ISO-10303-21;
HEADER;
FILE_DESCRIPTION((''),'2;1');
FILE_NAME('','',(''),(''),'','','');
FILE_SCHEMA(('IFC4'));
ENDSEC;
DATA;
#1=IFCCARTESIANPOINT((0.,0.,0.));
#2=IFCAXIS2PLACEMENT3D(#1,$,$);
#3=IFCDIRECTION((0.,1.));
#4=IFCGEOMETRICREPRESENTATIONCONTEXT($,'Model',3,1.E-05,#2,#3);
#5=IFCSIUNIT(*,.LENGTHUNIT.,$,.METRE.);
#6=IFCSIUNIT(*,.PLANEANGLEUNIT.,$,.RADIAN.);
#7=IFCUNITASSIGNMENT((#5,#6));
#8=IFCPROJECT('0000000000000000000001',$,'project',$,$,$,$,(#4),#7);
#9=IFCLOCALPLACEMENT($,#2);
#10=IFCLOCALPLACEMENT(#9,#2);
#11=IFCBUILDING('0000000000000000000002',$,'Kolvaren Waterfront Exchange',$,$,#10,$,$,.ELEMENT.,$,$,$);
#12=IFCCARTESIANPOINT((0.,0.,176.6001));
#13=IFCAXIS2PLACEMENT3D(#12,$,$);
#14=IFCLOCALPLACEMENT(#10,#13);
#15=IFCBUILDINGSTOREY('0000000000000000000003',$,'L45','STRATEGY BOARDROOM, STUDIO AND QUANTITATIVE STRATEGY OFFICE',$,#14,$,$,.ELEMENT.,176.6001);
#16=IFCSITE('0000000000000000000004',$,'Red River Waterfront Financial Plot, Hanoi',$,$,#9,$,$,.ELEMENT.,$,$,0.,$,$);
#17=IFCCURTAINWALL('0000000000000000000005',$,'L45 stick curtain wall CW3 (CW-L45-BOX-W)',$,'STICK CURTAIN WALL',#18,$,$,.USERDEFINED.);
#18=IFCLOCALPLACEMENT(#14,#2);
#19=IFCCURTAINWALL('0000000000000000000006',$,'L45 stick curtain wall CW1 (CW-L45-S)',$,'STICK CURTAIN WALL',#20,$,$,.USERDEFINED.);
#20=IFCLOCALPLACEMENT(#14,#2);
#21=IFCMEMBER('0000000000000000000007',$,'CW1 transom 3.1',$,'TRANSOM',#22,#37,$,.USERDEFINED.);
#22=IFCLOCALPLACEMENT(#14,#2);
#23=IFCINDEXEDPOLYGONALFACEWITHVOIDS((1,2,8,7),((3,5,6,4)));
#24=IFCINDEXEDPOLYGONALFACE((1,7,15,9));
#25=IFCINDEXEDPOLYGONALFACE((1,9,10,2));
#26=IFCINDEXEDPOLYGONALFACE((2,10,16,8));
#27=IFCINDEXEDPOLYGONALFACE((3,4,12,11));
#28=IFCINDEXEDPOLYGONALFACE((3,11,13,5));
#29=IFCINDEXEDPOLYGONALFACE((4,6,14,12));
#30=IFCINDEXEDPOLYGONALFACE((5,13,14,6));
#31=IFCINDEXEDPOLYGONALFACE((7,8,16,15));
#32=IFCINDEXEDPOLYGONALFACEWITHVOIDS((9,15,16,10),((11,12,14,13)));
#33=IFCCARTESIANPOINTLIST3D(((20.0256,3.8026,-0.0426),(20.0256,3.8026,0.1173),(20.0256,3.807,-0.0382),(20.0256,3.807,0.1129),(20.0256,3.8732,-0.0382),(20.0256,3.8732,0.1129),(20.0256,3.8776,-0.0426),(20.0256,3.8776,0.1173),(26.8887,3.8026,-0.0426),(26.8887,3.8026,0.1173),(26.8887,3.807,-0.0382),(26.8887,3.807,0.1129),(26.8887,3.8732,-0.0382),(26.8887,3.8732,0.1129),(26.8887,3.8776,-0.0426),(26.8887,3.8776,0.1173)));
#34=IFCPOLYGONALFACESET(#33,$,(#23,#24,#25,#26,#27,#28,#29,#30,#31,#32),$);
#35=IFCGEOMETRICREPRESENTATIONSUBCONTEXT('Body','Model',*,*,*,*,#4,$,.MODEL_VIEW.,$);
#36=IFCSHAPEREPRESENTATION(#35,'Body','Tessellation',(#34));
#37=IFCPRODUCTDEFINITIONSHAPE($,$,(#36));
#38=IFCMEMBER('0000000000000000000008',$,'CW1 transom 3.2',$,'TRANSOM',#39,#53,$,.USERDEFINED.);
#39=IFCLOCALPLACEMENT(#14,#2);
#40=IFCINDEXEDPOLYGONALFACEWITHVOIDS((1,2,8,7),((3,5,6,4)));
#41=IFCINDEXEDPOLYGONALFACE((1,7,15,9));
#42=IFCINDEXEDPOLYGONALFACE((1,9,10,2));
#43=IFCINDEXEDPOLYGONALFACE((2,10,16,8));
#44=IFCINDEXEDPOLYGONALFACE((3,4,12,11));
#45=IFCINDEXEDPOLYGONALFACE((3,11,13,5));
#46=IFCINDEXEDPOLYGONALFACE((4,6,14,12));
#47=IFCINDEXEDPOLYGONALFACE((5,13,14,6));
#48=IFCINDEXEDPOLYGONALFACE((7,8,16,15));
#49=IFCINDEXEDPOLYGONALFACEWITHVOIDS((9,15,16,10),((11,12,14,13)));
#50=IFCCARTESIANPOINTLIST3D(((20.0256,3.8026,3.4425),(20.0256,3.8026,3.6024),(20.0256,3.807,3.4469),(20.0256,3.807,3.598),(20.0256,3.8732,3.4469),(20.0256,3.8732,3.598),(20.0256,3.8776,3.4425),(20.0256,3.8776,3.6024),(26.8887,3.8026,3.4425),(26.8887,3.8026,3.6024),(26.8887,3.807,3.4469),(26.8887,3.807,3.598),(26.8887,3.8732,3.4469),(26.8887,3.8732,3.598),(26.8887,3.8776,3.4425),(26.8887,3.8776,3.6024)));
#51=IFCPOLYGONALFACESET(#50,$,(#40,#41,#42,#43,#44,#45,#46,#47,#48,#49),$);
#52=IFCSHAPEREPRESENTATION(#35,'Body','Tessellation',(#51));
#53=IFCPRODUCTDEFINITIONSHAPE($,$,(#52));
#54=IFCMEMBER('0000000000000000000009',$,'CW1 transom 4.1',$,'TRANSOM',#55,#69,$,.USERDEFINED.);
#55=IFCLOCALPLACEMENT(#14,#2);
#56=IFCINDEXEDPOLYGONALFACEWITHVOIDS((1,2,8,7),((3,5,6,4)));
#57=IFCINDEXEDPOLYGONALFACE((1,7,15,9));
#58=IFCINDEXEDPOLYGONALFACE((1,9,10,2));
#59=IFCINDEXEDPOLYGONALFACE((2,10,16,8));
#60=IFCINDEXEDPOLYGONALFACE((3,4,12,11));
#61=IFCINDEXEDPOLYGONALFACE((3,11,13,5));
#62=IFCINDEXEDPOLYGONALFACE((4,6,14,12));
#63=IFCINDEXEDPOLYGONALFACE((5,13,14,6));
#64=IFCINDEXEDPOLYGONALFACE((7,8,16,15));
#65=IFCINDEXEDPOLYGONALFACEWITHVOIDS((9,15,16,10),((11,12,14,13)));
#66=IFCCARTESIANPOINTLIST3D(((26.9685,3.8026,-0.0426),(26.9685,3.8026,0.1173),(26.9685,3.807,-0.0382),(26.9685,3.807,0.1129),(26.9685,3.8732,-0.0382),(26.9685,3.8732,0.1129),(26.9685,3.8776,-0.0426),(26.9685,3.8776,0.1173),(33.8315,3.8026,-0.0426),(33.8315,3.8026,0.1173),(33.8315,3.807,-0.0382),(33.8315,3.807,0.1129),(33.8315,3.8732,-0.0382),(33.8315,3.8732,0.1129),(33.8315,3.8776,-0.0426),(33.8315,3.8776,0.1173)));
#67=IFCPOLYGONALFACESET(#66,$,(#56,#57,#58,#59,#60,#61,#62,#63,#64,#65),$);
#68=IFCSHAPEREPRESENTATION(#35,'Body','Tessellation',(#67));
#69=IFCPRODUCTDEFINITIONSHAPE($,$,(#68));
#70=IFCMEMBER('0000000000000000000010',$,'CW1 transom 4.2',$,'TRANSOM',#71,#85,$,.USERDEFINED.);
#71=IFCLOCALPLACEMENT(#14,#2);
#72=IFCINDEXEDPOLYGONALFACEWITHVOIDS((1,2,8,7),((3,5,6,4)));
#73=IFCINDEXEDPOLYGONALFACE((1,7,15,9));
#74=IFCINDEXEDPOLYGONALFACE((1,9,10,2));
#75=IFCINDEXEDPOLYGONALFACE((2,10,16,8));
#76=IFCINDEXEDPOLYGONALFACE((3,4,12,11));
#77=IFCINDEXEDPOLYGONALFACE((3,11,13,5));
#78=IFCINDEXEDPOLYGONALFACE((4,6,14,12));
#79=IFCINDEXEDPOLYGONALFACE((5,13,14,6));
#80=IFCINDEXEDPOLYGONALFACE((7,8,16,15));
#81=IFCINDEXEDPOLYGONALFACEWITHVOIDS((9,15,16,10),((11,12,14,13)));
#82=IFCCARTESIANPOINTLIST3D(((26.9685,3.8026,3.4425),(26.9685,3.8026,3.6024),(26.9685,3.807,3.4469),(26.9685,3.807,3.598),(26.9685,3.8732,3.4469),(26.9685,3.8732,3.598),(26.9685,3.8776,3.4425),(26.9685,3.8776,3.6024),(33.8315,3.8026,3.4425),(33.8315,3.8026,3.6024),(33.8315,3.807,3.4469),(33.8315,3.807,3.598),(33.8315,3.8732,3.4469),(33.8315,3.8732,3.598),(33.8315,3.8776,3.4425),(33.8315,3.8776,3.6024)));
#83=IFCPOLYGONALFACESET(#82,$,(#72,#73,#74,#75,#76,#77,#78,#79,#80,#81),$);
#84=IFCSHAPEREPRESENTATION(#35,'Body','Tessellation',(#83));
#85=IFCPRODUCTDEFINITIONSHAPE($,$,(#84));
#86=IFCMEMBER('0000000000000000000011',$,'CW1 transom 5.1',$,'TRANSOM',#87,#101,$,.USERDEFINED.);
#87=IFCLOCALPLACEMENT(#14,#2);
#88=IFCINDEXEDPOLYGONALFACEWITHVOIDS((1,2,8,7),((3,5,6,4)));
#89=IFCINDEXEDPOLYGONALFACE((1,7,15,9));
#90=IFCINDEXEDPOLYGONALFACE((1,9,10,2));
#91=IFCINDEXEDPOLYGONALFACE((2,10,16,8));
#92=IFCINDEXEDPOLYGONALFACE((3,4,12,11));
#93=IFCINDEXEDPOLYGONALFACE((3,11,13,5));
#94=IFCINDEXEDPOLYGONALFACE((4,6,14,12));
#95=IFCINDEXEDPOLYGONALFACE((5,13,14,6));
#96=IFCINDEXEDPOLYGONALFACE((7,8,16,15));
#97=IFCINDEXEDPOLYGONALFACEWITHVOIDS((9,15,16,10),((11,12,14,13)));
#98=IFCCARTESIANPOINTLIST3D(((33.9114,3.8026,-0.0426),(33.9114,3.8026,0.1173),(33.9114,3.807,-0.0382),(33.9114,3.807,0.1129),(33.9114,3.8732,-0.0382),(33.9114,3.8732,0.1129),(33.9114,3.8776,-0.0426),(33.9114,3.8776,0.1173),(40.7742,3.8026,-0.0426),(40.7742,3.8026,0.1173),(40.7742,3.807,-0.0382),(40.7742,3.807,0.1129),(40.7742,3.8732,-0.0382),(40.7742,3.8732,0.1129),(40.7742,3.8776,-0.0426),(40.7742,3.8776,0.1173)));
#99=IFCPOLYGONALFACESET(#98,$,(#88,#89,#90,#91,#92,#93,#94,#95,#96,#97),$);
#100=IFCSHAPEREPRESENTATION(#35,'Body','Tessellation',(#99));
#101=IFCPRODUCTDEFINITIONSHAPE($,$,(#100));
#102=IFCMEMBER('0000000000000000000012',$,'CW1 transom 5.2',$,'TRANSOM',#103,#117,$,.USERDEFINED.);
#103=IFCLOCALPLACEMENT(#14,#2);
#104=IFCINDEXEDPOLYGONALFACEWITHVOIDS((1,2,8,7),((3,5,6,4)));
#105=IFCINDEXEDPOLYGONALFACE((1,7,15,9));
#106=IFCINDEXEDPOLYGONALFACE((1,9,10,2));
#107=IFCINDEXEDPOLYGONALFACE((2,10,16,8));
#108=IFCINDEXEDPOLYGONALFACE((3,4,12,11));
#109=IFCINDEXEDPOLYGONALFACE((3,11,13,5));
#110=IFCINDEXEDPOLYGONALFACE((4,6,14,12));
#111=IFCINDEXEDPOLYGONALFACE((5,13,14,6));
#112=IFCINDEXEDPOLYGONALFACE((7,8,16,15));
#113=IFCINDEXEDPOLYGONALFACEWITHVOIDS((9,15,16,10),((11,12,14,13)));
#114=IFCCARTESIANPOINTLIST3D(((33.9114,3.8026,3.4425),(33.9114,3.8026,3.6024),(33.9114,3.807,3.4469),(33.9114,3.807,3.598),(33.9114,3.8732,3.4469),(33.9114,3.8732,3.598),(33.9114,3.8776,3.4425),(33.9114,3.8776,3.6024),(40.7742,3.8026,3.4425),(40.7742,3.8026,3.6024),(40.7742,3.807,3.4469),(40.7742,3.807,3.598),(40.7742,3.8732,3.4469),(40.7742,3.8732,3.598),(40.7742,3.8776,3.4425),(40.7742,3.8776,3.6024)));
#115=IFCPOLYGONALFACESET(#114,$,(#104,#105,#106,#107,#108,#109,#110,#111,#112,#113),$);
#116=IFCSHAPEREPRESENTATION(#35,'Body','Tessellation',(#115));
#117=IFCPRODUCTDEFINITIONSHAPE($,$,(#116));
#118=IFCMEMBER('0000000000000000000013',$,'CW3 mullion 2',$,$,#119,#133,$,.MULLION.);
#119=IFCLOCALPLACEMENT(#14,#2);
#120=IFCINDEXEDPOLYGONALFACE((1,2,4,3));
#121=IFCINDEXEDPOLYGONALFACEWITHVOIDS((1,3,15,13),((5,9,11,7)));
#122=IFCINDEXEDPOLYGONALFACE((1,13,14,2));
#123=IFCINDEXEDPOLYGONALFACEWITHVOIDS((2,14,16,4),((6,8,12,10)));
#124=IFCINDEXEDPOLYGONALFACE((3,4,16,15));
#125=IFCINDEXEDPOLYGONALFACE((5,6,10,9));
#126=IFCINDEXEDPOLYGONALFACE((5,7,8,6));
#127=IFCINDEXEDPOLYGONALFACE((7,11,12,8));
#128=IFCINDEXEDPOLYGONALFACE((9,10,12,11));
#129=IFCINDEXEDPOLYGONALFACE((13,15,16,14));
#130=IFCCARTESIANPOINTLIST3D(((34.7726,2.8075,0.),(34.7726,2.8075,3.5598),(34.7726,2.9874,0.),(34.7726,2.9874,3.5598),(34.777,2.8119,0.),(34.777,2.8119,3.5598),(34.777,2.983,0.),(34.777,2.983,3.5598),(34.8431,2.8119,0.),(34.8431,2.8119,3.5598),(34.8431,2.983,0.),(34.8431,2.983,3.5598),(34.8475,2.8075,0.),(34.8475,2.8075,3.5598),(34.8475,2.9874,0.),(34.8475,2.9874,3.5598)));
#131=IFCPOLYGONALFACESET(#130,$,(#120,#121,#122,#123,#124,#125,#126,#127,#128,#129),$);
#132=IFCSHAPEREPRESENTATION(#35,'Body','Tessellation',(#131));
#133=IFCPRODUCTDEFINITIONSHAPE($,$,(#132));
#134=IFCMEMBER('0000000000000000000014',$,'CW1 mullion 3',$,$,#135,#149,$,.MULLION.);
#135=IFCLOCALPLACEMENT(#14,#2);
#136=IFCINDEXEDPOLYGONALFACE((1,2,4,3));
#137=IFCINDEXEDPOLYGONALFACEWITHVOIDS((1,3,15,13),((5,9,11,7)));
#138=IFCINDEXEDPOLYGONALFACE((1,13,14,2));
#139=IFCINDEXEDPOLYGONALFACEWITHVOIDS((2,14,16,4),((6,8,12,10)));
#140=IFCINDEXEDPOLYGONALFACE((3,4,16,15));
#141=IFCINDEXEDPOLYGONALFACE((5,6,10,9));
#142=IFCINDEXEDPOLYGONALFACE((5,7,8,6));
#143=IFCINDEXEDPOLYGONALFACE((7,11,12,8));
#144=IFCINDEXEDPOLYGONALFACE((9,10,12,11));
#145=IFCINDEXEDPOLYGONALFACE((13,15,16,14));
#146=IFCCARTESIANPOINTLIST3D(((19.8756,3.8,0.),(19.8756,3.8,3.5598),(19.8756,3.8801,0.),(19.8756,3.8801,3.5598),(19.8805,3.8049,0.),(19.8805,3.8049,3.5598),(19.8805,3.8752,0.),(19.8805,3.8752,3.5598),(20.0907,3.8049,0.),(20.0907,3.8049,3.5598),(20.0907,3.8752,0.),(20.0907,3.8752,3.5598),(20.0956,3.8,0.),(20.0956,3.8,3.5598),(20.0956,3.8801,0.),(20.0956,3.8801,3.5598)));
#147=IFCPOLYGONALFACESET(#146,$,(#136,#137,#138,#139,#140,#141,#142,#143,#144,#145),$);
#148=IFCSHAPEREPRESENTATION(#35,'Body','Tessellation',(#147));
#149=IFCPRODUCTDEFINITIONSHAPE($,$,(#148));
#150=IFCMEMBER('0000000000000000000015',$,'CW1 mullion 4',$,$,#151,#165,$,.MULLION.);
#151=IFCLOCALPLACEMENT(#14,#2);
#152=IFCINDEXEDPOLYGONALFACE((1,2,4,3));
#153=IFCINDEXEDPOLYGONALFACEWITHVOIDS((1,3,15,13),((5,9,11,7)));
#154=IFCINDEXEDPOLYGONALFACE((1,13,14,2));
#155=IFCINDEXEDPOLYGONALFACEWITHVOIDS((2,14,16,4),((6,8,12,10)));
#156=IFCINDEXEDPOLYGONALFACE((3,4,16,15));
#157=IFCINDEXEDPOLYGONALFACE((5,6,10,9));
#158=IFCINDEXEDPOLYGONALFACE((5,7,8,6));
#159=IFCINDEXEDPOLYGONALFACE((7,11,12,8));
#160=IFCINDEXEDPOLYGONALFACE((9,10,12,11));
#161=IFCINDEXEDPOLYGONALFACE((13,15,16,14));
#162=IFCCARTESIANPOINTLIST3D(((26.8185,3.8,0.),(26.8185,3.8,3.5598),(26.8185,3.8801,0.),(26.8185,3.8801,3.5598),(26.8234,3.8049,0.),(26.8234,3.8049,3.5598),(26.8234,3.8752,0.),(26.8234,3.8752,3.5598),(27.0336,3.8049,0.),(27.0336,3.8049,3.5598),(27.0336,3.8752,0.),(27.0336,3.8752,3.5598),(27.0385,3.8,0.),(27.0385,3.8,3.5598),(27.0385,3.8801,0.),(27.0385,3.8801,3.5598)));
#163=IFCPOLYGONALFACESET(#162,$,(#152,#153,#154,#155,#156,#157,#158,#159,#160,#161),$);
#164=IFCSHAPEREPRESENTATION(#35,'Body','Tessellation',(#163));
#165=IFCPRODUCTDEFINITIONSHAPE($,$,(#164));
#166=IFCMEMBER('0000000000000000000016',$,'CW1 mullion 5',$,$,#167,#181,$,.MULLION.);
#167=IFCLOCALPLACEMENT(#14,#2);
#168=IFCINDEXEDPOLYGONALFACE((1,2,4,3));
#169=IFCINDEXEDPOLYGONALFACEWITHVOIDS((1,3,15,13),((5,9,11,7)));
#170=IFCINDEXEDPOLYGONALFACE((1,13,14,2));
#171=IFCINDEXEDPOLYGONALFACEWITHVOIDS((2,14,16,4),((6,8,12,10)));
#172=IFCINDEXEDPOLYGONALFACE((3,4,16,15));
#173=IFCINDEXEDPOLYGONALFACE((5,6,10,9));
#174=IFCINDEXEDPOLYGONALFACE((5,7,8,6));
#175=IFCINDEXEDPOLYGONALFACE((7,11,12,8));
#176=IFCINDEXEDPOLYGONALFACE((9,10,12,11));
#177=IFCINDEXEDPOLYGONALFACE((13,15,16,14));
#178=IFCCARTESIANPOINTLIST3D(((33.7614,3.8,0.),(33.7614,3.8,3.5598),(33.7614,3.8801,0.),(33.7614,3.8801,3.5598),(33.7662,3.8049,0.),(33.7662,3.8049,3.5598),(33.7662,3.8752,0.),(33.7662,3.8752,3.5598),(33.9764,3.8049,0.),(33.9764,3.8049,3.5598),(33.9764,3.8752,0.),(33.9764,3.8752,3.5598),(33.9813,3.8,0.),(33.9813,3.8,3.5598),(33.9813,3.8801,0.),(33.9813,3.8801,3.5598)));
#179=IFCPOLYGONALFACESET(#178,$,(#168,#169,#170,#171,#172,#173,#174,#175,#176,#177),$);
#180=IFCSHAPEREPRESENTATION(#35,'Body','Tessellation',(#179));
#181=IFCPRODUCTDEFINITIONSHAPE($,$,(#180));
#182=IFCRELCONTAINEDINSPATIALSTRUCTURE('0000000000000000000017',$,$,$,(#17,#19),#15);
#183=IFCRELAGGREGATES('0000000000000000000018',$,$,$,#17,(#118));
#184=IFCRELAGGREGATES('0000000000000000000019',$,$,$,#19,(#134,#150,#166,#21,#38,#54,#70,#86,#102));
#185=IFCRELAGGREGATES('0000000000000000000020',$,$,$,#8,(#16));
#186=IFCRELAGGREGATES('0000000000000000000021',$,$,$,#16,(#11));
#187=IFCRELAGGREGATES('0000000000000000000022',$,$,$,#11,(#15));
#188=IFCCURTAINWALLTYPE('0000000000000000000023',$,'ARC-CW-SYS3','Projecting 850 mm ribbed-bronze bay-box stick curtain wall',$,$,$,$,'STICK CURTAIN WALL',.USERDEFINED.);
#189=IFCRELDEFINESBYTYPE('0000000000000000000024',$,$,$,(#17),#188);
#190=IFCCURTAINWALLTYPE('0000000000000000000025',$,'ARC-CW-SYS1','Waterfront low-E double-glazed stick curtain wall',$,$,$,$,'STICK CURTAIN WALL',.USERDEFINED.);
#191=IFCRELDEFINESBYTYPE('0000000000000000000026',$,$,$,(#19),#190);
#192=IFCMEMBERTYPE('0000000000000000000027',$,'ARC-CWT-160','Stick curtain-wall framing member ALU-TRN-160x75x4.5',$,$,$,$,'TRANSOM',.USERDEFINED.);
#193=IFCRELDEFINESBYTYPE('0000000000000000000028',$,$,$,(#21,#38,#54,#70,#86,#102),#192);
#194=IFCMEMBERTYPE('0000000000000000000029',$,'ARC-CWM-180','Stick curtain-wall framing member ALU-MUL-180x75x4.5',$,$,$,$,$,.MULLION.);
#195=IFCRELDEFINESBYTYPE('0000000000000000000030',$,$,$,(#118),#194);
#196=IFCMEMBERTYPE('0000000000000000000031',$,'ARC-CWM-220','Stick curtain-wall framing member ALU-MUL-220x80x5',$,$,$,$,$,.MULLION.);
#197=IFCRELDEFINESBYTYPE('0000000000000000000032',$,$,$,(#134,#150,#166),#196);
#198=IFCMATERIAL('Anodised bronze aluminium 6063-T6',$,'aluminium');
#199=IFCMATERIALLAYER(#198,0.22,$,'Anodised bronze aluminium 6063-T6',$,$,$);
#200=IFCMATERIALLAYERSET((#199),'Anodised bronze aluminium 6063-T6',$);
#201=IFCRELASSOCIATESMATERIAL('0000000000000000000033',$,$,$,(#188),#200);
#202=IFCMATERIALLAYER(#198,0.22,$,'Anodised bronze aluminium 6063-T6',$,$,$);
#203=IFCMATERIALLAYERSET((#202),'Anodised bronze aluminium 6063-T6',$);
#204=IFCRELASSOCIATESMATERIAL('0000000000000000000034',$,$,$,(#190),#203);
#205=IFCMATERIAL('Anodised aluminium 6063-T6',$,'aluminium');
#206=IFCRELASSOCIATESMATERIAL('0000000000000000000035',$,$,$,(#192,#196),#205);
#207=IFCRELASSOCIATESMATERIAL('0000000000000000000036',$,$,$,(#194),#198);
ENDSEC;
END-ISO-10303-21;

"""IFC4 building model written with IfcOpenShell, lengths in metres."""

from ifc_helpers import new_model, si_unit, direction, frame, origin, origin_with_axes, origin_2d, place, context, subcontext, project, spatial, hollow_rectangle, extrude, source, transform, mapped, material, layer, layer_set, material_profile, profile_set, type_object, element, aggregate, save


model = new_model("IFC4")

# Units and contexts
model_context = context("Model", 3, precision=1e-05, world=origin(), true_north=direction((0.0, 1.0)))
body_context = subcontext(model_context, "Body", "Model", "MODEL_VIEW")
ifc_project = project(units=[si_unit("LENGTHUNIT", "METRE"), si_unit("PLANEANGLEUNIT", "RADIAN")], contexts=[model_context])

# Site, building, storey
site_placement = place(None, origin())
site = spatial("IfcSite", under=ifc_project, at=site_placement, Name="Red River Waterfront Financial Plot, Hanoi", CompositionType="ELEMENT", RefElevation=0.0)
building_placement = place(site_placement, origin())
building = spatial("IfcBuilding", under=site, at=building_placement, Name="Kolvaren Waterfront Exchange", CompositionType="ELEMENT")
storey_placement = place(building_placement, frame((0.0, 0.0, 176.6001)))
storey = spatial("IfcBuildingStorey", under=building, at=storey_placement, Name="L45", Description="STRATEGY BOARDROOM, STUDIO AND QUANTITATIVE STRATEGY OFFICE", CompositionType="ELEMENT", Elevation=176.6001)

# Curtain walls, members
ifc_material_1 = material(Name="Anodised bronze aluminium 6063-T6", Category="aluminium")
ifc_layer_1 = layer(ifc_material_1, 0.22, Name="Anodised bronze aluminium 6063-T6")
ifc_layer_set_1 = layer_set([ifc_layer_1], Name="Anodised bronze aluminium 6063-T6")
curtain_wall_type_1 = type_object("IfcCurtainWallType", Name="ARC-CW-SYS3", Description="Projecting 850 mm ribbed-bronze bay-box stick curtain wall", ElementType="STICK CURTAIN WALL", PredefinedType="USERDEFINED", material=ifc_layer_set_1)
curtain_wall_1_placement = place(storey_placement, origin())
curtain_wall_1 = element("IfcCurtainWall", 1, at=curtain_wall_1_placement, inside=storey, type_object=curtain_wall_type_1, Name="L45 stick curtain wall CW3 (CW-L45-BOX-W)", ObjectType="STICK CURTAIN WALL", PredefinedType="USERDEFINED")
ifc_layer_2 = layer(ifc_material_1, 0.22, Name="Anodised bronze aluminium 6063-T6")
ifc_layer_set_2 = layer_set([ifc_layer_2], Name="Anodised bronze aluminium 6063-T6")
curtain_wall_type_2 = type_object("IfcCurtainWallType", Name="ARC-CW-SYS1", Description="Waterfront low-E double-glazed stick curtain wall", ElementType="STICK CURTAIN WALL", PredefinedType="USERDEFINED", material=ifc_layer_set_2)
curtain_wall_2_placement = place(storey_placement, origin())
curtain_wall_2 = element("IfcCurtainWall", 2, at=curtain_wall_2_placement, inside=storey, type_object=curtain_wall_type_2, Name="L45 stick curtain wall CW1 (CW-L45-S)", ObjectType="STICK CURTAIN WALL", PredefinedType="USERDEFINED")
ifc_material_2 = material(Name="Anodised aluminium 6063-T6", Category="aluminium")
ifc_material_profile_1 = material_profile(ifc_material_2, hollow_rectangle(XDim=0.075, YDim=0.1599, WallThickness=0.0044, at=origin_2d()), Name="ALU-TRN-160x75x4.5")
ifc_profile_set_1 = profile_set([ifc_material_profile_1], Name="Anodised aluminium 6063-T6")
member_type_1 = type_object("IfcMemberType", Name="ARC-CWT-160", Description="Stick curtain-wall framing member ALU-TRN-160x75x4.5", ElementType="TRANSOM", PredefinedType="USERDEFINED", material=ifc_profile_set_1)
shared_shape_1 = source(origin_with_axes(), body_context, "Body", "SweptSolid", [
    extrude(hollow_rectangle(XDim=0.075, YDim=0.1599, WallThickness=0.0044, at=origin_2d()), origin(), (0.0, 0.0, 1.0), 6.863),
])
member_1_placement = place(storey_placement, frame((20.0256, 3.8401, 0.0374), z_axis=(1.0, 0.0, 0.0), x_axis=(0.0, 1.0, 0.0)))
member_1 = element("IfcMember", 3, at=member_1_placement, type_object=member_type_1, Name="CW1 transom 3.1", ObjectType="TRANSOM", PredefinedType="USERDEFINED", context=body_context, shape_type="MappedRepresentation", body=[
    mapped(shared_shape_1, transform((0.0, 0.0, 0.0), x_axis=(1.0, 0.0, 0.0), y_axis=(0.0, 1.0, 0.0), z_axis=(0.0, 0.0, 1.0), scale=1.0)),
])
member_2_placement = place(storey_placement, frame((20.0256, 3.8401, 3.5225), z_axis=(1.0, 0.0, 0.0), x_axis=(0.0, 1.0, 0.0)))
member_2 = element("IfcMember", 4, at=member_2_placement, type_object=member_type_1, Name="CW1 transom 3.2", ObjectType="TRANSOM", PredefinedType="USERDEFINED", context=body_context, shape_type="MappedRepresentation", body=[
    mapped(shared_shape_1, transform((0.0, 0.0, 0.0), x_axis=(1.0, 0.0, 0.0), y_axis=(0.0, 1.0, 0.0), z_axis=(0.0, 0.0, 1.0), scale=1.0)),
])
member_3_placement = place(storey_placement, frame((26.9685, 3.8401, 0.0374), z_axis=(1.0, 0.0, 0.0), x_axis=(0.0, 1.0, 0.0)))
member_3 = element("IfcMember", 5, at=member_3_placement, type_object=member_type_1, Name="CW1 transom 4.1", ObjectType="TRANSOM", PredefinedType="USERDEFINED", context=body_context, shape_type="MappedRepresentation", body=[
    mapped(shared_shape_1, transform((0.0, 0.0, 0.0), x_axis=(1.0, 0.0, 0.0), y_axis=(0.0, 1.0, 0.0), z_axis=(0.0, 0.0, 1.0), scale=1.0)),
])
member_4_placement = place(storey_placement, frame((26.9685, 3.8401, 3.5225), z_axis=(1.0, 0.0, 0.0), x_axis=(0.0, 1.0, 0.0)))
member_4 = element("IfcMember", 6, at=member_4_placement, type_object=member_type_1, Name="CW1 transom 4.2", ObjectType="TRANSOM", PredefinedType="USERDEFINED", context=body_context, shape_type="MappedRepresentation", body=[
    mapped(shared_shape_1, transform((0.0, 0.0, 0.0), x_axis=(1.0, 0.0, 0.0), y_axis=(0.0, 1.0, 0.0), z_axis=(0.0, 0.0, 1.0), scale=1.0)),
])
shared_shape_2 = source(origin_with_axes(), body_context, "Body", "SweptSolid", [
    extrude(hollow_rectangle(XDim=0.075, YDim=0.1599, WallThickness=0.0044, at=origin_2d()), origin(), (0.0, 0.0, 1.0), 6.8628),
])
member_5_placement = place(storey_placement, frame((33.9114, 3.8401, 0.0374), z_axis=(1.0, 0.0, 0.0), x_axis=(0.0, 1.0, 0.0)))
member_5 = element("IfcMember", 7, at=member_5_placement, type_object=member_type_1, Name="CW1 transom 5.1", ObjectType="TRANSOM", PredefinedType="USERDEFINED", context=body_context, shape_type="MappedRepresentation", body=[
    mapped(shared_shape_2, transform((0.0, 0.0, 0.0), x_axis=(1.0, 0.0, 0.0), y_axis=(0.0, 1.0, 0.0), z_axis=(0.0, 0.0, 1.0), scale=1.0)),
])
member_6_placement = place(storey_placement, frame((33.9114, 3.8401, 3.5225), z_axis=(1.0, 0.0, 0.0), x_axis=(0.0, 1.0, 0.0)))
member_6 = element("IfcMember", 8, at=member_6_placement, type_object=member_type_1, Name="CW1 transom 5.2", ObjectType="TRANSOM", PredefinedType="USERDEFINED", context=body_context, shape_type="MappedRepresentation", body=[
    mapped(shared_shape_2, transform((0.0, 0.0, 0.0), x_axis=(1.0, 0.0, 0.0), y_axis=(0.0, 1.0, 0.0), z_axis=(0.0, 0.0, 1.0), scale=1.0)),
])

# Members
ifc_material_profile_2 = material_profile(ifc_material_1, hollow_rectangle(XDim=0.075, YDim=0.1799, WallThickness=0.0044, at=origin_2d()), Name="ALU-MUL-180x75x4.5")
ifc_profile_set_2 = profile_set([ifc_material_profile_2], Name="Anodised bronze aluminium 6063-T6")
member_type_2 = type_object("IfcMemberType", Name="ARC-CWM-180", Description="Stick curtain-wall framing member ALU-MUL-180x75x4.5", PredefinedType="MULLION", material=ifc_profile_set_2)
shared_shape_3 = source(origin_with_axes(), body_context, "Body", "SweptSolid", [
    extrude(hollow_rectangle(XDim=0.075, YDim=0.1799, WallThickness=0.0044, at=origin_2d()), origin(), (0.0, 0.0, 1.0), 3.5598),
])
member_7_placement = place(storey_placement, frame((34.8101, 2.8975, 0.0), z_axis=(0.0, 0.0, 1.0), x_axis=(1.0, 0.0, 0.0)))
member_7 = element("IfcMember", 9, at=member_7_placement, type_object=member_type_2, Name="CW3 mullion 2", PredefinedType="MULLION", context=body_context, shape_type="MappedRepresentation", body=[
    mapped(shared_shape_3, transform((0.0, 0.0, 0.0), x_axis=(1.0, 0.0, 0.0), y_axis=(0.0, 1.0, 0.0), z_axis=(0.0, 0.0, 1.0), scale=1.0)),
])
ifc_material_profile_3 = material_profile(ifc_material_2, hollow_rectangle(XDim=0.0801, YDim=0.22, WallThickness=0.0049, at=origin_2d()), Name="ALU-MUL-220x80x5")
ifc_profile_set_3 = profile_set([ifc_material_profile_3], Name="Anodised aluminium 6063-T6")
member_type_3 = type_object("IfcMemberType", Name="ARC-CWM-220", Description="Stick curtain-wall framing member ALU-MUL-220x80x5", PredefinedType="MULLION", material=ifc_profile_set_3)
shared_shape_4 = source(origin_with_axes(), body_context, "Body", "SweptSolid", [
    extrude(hollow_rectangle(XDim=0.0801, YDim=0.22, WallThickness=0.0049, at=origin_2d()), origin(), (0.0, 0.0, 1.0), 3.5598),
])
member_8_placement = place(storey_placement, frame((19.9856, 3.8401, 0.0), z_axis=(0.0, 0.0, 1.0), x_axis=(0.0, 1.0, 0.0)))
member_8 = element("IfcMember", 10, at=member_8_placement, type_object=member_type_3, Name="CW1 mullion 3", PredefinedType="MULLION", context=body_context, shape_type="MappedRepresentation", body=[
    mapped(shared_shape_4, transform((0.0, 0.0, 0.0), x_axis=(1.0, 0.0, 0.0), y_axis=(0.0, 1.0, 0.0), z_axis=(0.0, 0.0, 1.0), scale=1.0)),
])
member_9_placement = place(storey_placement, frame((26.9285, 3.8401, 0.0), z_axis=(0.0, 0.0, 1.0), x_axis=(0.0, 1.0, 0.0)))
member_9 = element("IfcMember", 11, at=member_9_placement, type_object=member_type_3, Name="CW1 mullion 4", PredefinedType="MULLION", context=body_context, shape_type="MappedRepresentation", body=[
    mapped(shared_shape_4, transform((0.0, 0.0, 0.0), x_axis=(1.0, 0.0, 0.0), y_axis=(0.0, 1.0, 0.0), z_axis=(0.0, 0.0, 1.0), scale=1.0)),
])
member_10_placement = place(storey_placement, frame((33.8713, 3.8401, 0.0), z_axis=(0.0, 0.0, 1.0), x_axis=(0.0, 1.0, 0.0)))
member_10 = element("IfcMember", 12, at=member_10_placement, type_object=member_type_3, Name="CW1 mullion 5", PredefinedType="MULLION", context=body_context, shape_type="MappedRepresentation", body=[
    mapped(shared_shape_4, transform((0.0, 0.0, 0.0), x_axis=(1.0, 0.0, 0.0), y_axis=(0.0, 1.0, 0.0), z_axis=(0.0, 0.0, 1.0), scale=1.0)),
])

aggregate(curtain_wall_1, [member_7])
aggregate(curtain_wall_2, [member_8, member_9, member_10, member_1, member_2, member_3, member_4, member_5, member_6])

save(model, "model.ifc")
